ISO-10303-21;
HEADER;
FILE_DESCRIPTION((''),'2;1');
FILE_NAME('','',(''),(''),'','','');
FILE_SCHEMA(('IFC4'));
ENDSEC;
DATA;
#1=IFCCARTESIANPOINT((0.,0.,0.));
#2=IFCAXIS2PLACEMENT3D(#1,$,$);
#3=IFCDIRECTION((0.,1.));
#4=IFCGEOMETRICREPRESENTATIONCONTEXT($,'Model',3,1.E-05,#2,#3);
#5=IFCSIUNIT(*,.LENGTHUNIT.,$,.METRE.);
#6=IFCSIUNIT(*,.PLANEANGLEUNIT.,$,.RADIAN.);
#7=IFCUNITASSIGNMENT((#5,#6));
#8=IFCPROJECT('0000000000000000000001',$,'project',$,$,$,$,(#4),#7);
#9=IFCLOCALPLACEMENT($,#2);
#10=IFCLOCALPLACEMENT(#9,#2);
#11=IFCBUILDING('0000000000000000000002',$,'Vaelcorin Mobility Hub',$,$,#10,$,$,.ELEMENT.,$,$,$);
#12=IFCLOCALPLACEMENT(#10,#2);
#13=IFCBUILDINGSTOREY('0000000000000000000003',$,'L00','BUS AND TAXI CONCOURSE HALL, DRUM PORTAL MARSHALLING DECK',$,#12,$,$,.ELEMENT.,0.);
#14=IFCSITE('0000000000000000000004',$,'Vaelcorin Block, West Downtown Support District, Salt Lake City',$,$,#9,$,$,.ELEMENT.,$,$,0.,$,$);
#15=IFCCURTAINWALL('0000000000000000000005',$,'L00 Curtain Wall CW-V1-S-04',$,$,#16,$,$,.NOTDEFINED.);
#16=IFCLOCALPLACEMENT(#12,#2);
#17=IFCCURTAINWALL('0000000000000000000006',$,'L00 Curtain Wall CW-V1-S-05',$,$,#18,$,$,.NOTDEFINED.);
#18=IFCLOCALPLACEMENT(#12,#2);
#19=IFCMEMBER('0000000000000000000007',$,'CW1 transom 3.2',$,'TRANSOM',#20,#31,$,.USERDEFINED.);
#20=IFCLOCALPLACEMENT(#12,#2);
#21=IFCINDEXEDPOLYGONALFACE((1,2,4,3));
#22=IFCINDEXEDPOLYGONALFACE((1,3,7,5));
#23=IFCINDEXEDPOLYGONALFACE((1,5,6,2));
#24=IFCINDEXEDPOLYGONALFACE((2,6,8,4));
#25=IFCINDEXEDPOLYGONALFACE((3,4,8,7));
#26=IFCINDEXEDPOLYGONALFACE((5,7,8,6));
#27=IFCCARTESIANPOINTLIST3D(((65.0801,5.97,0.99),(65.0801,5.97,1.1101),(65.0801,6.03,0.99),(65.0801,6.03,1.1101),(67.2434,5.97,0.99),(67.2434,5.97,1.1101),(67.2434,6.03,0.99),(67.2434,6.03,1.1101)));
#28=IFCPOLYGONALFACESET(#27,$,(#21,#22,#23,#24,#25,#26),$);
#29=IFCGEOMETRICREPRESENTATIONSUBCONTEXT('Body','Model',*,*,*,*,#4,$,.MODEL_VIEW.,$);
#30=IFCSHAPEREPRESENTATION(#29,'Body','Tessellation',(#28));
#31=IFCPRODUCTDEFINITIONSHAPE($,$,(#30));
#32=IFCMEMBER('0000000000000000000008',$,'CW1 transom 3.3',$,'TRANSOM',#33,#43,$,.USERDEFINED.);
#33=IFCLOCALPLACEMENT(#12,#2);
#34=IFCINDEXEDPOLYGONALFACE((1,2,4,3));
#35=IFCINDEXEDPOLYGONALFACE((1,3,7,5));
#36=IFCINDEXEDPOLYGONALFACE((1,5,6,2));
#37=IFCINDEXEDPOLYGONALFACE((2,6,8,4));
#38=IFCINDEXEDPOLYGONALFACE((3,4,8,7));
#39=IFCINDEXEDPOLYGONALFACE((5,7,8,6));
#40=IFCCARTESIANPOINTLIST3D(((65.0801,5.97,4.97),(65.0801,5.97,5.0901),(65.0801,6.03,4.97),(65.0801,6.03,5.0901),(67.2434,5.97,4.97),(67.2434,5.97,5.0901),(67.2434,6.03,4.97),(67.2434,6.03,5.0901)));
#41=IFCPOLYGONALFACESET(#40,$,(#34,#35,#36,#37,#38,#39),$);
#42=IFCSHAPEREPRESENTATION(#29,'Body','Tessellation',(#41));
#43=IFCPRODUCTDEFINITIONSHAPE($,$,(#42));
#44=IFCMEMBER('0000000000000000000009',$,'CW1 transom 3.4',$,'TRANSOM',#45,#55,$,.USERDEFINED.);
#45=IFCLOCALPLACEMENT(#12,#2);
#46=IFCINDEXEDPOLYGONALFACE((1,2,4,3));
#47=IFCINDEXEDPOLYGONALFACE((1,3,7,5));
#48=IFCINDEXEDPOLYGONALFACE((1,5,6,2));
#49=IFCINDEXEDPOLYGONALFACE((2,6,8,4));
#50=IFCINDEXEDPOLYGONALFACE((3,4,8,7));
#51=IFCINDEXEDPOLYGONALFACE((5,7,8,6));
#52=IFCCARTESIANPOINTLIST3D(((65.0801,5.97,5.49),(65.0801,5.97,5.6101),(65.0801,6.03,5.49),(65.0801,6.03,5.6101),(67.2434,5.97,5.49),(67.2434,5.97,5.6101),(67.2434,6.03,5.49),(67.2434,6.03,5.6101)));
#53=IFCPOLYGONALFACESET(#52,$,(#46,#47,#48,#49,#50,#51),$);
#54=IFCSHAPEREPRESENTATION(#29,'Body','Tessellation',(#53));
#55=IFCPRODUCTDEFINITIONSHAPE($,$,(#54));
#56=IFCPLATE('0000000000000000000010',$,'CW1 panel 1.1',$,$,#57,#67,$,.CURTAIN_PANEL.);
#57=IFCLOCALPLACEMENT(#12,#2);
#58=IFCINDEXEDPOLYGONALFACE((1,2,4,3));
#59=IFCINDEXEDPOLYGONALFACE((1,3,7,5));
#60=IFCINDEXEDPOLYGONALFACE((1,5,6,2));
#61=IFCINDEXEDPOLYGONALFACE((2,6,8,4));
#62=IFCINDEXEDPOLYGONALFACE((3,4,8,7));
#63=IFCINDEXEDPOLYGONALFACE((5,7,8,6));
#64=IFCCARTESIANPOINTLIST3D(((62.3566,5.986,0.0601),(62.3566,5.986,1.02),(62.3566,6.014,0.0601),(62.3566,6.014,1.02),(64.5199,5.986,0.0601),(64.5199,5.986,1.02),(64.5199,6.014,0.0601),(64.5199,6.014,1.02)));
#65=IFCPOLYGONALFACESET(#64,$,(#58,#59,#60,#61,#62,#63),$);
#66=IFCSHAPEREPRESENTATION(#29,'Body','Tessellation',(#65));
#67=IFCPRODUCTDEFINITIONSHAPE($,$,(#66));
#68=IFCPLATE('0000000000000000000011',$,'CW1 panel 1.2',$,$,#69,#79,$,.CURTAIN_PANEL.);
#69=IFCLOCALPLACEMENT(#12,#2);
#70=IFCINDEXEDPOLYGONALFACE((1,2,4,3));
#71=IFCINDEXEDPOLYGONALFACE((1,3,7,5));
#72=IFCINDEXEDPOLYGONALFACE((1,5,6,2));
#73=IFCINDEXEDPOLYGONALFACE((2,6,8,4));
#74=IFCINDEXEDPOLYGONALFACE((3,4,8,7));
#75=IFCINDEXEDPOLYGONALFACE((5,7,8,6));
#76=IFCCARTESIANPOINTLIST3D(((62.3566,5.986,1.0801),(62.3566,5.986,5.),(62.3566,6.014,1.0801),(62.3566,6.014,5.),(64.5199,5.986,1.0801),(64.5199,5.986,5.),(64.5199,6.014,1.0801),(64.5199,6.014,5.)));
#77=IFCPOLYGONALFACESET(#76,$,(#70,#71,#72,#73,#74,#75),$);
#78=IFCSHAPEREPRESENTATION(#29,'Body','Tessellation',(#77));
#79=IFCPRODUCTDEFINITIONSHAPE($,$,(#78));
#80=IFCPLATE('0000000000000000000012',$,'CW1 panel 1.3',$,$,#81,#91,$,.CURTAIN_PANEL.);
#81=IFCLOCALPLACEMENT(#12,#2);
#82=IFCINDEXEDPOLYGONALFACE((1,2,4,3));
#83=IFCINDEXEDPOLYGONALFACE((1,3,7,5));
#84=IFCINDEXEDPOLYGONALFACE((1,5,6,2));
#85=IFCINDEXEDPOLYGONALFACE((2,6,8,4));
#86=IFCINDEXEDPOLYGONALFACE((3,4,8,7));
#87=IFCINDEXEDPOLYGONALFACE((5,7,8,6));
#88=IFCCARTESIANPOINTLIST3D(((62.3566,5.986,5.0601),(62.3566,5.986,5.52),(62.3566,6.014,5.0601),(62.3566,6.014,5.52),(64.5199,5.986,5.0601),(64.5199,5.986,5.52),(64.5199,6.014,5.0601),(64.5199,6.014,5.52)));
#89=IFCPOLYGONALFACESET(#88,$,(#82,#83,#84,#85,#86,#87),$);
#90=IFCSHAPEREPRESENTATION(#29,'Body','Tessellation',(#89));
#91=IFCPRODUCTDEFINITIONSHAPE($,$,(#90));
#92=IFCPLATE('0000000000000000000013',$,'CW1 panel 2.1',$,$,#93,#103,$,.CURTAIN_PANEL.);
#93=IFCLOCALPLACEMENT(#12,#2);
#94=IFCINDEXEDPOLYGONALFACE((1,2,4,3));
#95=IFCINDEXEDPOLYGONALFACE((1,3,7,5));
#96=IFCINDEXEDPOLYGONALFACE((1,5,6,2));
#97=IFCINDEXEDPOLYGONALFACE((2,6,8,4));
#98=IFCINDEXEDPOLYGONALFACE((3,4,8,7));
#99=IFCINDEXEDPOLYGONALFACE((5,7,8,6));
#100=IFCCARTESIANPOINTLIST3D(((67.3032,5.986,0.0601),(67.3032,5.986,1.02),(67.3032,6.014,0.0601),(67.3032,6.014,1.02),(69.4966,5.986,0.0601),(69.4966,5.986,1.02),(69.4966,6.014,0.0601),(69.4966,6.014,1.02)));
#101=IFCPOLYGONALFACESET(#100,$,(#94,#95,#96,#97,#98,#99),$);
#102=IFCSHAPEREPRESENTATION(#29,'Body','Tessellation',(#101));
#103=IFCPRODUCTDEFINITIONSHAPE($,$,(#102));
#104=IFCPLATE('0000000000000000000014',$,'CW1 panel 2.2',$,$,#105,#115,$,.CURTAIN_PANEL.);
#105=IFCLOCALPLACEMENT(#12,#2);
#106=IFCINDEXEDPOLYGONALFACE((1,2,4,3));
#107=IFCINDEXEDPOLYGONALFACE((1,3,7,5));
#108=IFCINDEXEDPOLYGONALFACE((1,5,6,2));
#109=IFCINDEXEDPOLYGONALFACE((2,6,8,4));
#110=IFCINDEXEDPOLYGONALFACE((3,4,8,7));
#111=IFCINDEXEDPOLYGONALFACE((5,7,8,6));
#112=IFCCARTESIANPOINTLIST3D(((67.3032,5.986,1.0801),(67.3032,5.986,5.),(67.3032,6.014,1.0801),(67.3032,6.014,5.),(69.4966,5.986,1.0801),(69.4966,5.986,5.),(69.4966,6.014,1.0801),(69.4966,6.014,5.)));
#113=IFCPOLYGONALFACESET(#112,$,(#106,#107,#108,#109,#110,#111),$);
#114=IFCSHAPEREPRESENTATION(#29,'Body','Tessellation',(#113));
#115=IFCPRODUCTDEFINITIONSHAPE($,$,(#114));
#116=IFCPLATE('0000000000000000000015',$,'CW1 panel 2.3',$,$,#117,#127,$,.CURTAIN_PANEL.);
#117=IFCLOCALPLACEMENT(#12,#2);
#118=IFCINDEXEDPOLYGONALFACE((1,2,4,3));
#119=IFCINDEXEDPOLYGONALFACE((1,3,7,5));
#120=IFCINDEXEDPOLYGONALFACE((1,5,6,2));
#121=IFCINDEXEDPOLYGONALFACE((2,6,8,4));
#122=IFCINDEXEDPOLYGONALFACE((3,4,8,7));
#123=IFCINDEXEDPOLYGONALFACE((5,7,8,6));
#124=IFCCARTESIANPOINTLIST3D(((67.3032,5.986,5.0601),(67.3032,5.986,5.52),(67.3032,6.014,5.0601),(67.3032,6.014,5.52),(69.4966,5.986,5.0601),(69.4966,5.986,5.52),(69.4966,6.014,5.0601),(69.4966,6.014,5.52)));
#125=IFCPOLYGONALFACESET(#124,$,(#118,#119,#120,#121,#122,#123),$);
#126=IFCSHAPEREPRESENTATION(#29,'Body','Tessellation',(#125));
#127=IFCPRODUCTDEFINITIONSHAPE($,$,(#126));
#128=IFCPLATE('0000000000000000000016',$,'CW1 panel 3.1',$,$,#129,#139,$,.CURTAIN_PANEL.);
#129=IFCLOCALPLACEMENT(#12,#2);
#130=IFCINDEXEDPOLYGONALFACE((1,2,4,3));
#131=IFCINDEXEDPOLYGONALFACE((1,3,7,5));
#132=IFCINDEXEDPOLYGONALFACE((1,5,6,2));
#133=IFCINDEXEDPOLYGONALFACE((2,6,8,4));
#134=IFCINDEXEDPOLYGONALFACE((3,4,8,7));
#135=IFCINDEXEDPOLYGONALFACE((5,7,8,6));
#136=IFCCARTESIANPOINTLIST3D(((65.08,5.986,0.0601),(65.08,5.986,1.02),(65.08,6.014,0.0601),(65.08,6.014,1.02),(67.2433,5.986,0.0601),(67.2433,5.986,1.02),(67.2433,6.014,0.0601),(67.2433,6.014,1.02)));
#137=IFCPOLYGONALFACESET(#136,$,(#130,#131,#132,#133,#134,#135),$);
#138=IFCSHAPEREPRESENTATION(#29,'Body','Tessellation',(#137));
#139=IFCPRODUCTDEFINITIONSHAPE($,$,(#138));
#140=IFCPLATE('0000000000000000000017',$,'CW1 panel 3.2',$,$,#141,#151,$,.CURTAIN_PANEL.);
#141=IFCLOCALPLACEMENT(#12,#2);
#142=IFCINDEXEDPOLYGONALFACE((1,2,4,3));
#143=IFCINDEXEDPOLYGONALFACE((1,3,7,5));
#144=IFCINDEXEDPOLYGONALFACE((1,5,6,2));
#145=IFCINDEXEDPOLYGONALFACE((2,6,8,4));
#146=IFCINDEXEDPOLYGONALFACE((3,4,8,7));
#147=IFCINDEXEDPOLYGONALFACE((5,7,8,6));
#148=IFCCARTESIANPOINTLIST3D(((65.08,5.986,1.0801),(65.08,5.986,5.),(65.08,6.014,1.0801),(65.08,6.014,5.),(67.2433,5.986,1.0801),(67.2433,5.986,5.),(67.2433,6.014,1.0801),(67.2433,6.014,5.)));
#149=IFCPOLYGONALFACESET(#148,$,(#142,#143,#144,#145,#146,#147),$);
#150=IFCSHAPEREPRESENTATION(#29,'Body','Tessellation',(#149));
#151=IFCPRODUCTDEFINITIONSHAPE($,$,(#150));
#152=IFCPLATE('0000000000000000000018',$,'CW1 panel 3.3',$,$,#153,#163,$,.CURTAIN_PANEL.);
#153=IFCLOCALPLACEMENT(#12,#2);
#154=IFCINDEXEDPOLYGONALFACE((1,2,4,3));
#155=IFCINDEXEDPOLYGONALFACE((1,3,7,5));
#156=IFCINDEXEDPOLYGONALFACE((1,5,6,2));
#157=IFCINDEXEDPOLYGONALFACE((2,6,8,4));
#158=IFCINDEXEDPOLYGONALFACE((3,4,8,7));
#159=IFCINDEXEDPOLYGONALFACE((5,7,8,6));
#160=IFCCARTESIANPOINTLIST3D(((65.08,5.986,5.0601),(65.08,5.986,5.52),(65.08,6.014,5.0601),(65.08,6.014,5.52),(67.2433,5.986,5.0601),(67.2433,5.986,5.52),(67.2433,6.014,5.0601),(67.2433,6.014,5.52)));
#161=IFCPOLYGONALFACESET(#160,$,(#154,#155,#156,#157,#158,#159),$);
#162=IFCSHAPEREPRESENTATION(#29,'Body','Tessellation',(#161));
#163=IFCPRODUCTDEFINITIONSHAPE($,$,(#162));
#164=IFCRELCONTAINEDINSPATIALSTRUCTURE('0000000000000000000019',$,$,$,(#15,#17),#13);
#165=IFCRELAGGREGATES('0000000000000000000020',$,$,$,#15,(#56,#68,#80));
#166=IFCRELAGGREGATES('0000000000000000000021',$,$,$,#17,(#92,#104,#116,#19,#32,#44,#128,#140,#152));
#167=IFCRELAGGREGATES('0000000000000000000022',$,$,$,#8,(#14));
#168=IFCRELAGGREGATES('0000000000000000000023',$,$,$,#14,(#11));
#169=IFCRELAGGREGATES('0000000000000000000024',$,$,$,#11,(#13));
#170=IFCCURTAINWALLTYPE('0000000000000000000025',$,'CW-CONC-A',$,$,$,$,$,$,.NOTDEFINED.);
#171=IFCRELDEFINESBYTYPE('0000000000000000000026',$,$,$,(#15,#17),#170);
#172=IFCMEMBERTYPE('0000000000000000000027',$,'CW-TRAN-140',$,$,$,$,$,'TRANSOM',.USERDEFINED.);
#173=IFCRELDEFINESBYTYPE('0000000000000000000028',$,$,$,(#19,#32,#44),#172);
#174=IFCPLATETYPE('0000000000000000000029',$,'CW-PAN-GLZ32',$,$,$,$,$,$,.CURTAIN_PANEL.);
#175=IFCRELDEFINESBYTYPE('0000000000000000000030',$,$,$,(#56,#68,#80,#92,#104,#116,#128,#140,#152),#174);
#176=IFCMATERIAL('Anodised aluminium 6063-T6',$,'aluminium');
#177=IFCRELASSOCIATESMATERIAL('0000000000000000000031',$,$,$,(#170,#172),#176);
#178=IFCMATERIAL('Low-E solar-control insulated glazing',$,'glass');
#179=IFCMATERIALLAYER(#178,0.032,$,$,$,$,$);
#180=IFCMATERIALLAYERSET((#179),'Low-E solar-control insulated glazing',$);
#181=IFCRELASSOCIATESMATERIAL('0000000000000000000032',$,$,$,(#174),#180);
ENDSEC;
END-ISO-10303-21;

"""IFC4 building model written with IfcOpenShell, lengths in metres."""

from ifc_helpers import new_model, si_unit, direction, frame, origin, origin_2d, place, context, subcontext, project, spatial, rectangle, extrude, material, layer, layer_set, material_profile, profile_set, type_object, element, aggregate, save


model = new_model("IFC4")

# Units and contexts
model_context = context("Model", 3, precision=1e-05, world=origin(), true_north=direction((0.0, 1.0)))
body_context = subcontext(model_context, "Body", "Model", "MODEL_VIEW")
ifc_project = project(units=[si_unit("LENGTHUNIT", "METRE"), si_unit("PLANEANGLEUNIT", "RADIAN")], contexts=[model_context])

# Site, building, storey
site_placement = place(None, origin())
site = spatial("IfcSite", under=ifc_project, at=site_placement, Name="Vaelcorin Block, West Downtown Support District, Salt Lake City", CompositionType="ELEMENT", RefElevation=0.0)
building_placement = place(site_placement, origin())
building = spatial("IfcBuilding", under=site, at=building_placement, Name="Vaelcorin Mobility Hub", CompositionType="ELEMENT")
storey_placement = place(building_placement, origin())
storey = spatial("IfcBuildingStorey", under=building, at=storey_placement, Name="L00", Description="BUS AND TAXI CONCOURSE HALL, DRUM PORTAL MARSHALLING DECK", CompositionType="ELEMENT", Elevation=0.0)

# Curtain walls
ifc_material_1 = material(Name="Anodised aluminium 6063-T6", Category="aluminium")
curtain_wall_type = type_object("IfcCurtainWallType", Name="CW-CONC-A", PredefinedType="NOTDEFINED", material=ifc_material_1)
curtain_wall_1_placement = place(storey_placement, origin())
curtain_wall_1 = element("IfcCurtainWall", 1, at=curtain_wall_1_placement, inside=storey, type_object=curtain_wall_type, Name="L00 Curtain Wall CW-V1-S-04", PredefinedType="NOTDEFINED")
curtain_wall_2_placement = place(storey_placement, origin())
curtain_wall_2 = element("IfcCurtainWall", 2, at=curtain_wall_2_placement, inside=storey, type_object=curtain_wall_type, Name="L00 Curtain Wall CW-V1-S-05", PredefinedType="NOTDEFINED")

# Members
ifc_material_profile_1 = material_profile(ifc_material_1, rectangle(XDim=0.0601, YDim=0.1201, at=origin_2d()), Name="ALU-T60X120")
ifc_profile_set_1 = profile_set([ifc_material_profile_1], Name="Anodised aluminium 6063-T6")
member_type_1 = type_object("IfcMemberType", Name="CW-TRAN-140", ElementType="TRANSOM", PredefinedType="USERDEFINED", material=ifc_profile_set_1)
member_1_placement = place(storey_placement, frame((67.2434, 6.0, 1.05), z_axis=(-1.0, 0.0, 0.0), x_axis=(0.0, -1.0, 0.0)))
member_1 = element("IfcMember", 3, at=member_1_placement, type_object=member_type_1, Name="CW1 transom 3.2", ObjectType="TRANSOM", PredefinedType="USERDEFINED", context=body_context, shape_type="SweptSolid", body=[
    extrude(rectangle(XDim=0.0601, YDim=0.1201, at=origin_2d()), origin(), (0.0, 0.0, 1.0), 2.1633),
])
member_2_placement = place(storey_placement, frame((67.2434, 6.0, 5.03), z_axis=(-1.0, 0.0, 0.0), x_axis=(0.0, -1.0, 0.0)))
member_2 = element("IfcMember", 4, at=member_2_placement, type_object=member_type_1, Name="CW1 transom 3.3", ObjectType="TRANSOM", PredefinedType="USERDEFINED", context=body_context, shape_type="SweptSolid", body=[
    extrude(rectangle(XDim=0.0601, YDim=0.1201, at=origin_2d()), origin(), (0.0, 0.0, 1.0), 2.1633),
])
member_3_placement = place(storey_placement, frame((67.2434, 6.0, 5.55), z_axis=(-1.0, 0.0, 0.0), x_axis=(0.0, -1.0, 0.0)))
member_3 = element("IfcMember", 5, at=member_3_placement, type_object=member_type_1, Name="CW1 transom 3.4", ObjectType="TRANSOM", PredefinedType="USERDEFINED", context=body_context, shape_type="SweptSolid", body=[
    extrude(rectangle(XDim=0.0601, YDim=0.1201, at=origin_2d()), origin(), (0.0, 0.0, 1.0), 2.1633),
])

# Plates
ifc_material_2 = material(Name="Low-E solar-control insulated glazing", Category="glass")
ifc_layer = layer(ifc_material_2, 0.032)
ifc_layer_set = layer_set([ifc_layer], Name="Low-E solar-control insulated glazing")
plate_type = type_object("IfcPlateType", Name="CW-PAN-GLZ32", PredefinedType="CURTAIN_PANEL", material=ifc_layer_set)
plate_1_placement = place(storey_placement, frame((63.4382, 6.0, 0.0601), z_axis=(0.0, 0.0, 1.0), x_axis=(-1.0, 0.0, 0.0)))
plate_1 = element("IfcPlate", 6, at=plate_1_placement, type_object=plate_type, Name="CW1 panel 1.1", PredefinedType="CURTAIN_PANEL", context=body_context, shape_type="SweptSolid", body=[
    extrude(rectangle(XDim=2.1633, YDim=0.0281, at=origin_2d()), origin(), (0.0, 0.0, 1.0), 0.96),
])
plate_2_placement = place(storey_placement, frame((63.4382, 6.0, 1.0801), z_axis=(0.0, 0.0, 1.0), x_axis=(-1.0, 0.0, 0.0)))
plate_2 = element("IfcPlate", 7, at=plate_2_placement, type_object=plate_type, Name="CW1 panel 1.2", PredefinedType="CURTAIN_PANEL", context=body_context, shape_type="SweptSolid", body=[
    extrude(rectangle(XDim=2.1633, YDim=0.0281, at=origin_2d()), origin(), (0.0, 0.0, 1.0), 3.9199),
])
plate_3_placement = place(storey_placement, frame((63.4382, 6.0, 5.0601), z_axis=(0.0, 0.0, 1.0), x_axis=(-1.0, 0.0, 0.0)))
plate_3 = element("IfcPlate", 8, at=plate_3_placement, type_object=plate_type, Name="CW1 panel 1.3", PredefinedType="CURTAIN_PANEL", context=body_context, shape_type="SweptSolid", body=[
    extrude(rectangle(XDim=2.1633, YDim=0.0281, at=origin_2d()), origin(), (0.0, 0.0, 1.0), 0.46),
])
aggregate(curtain_wall_1, [plate_1, plate_2, plate_3])
plate_4_placement = place(storey_placement, frame((68.3999, 6.0, 0.0601), z_axis=(0.0, 0.0, 1.0), x_axis=(-1.0, 0.0, 0.0)))
plate_4 = element("IfcPlate", 9, at=plate_4_placement, type_object=plate_type, Name="CW1 panel 2.1", PredefinedType="CURTAIN_PANEL", context=body_context, shape_type="SweptSolid", body=[
    extrude(rectangle(XDim=2.1934, YDim=0.0281, at=origin_2d()), origin(), (0.0, 0.0, 1.0), 0.96),
])
plate_5_placement = place(storey_placement, frame((68.3999, 6.0, 1.0801), z_axis=(0.0, 0.0, 1.0), x_axis=(-1.0, 0.0, 0.0)))
plate_5 = element("IfcPlate", 10, at=plate_5_placement, type_object=plate_type, Name="CW1 panel 2.2", PredefinedType="CURTAIN_PANEL", context=body_context, shape_type="SweptSolid", body=[
    extrude(rectangle(XDim=2.1934, YDim=0.0281, at=origin_2d()), origin(), (0.0, 0.0, 1.0), 3.9199),
])
plate_6_placement = place(storey_placement, frame((68.3999, 6.0, 5.0601), z_axis=(0.0, 0.0, 1.0), x_axis=(-1.0, 0.0, 0.0)))
plate_6 = element("IfcPlate", 11, at=plate_6_placement, type_object=plate_type, Name="CW1 panel 2.3", PredefinedType="CURTAIN_PANEL", context=body_context, shape_type="SweptSolid", body=[
    extrude(rectangle(XDim=2.1934, YDim=0.0281, at=origin_2d()), origin(), (0.0, 0.0, 1.0), 0.46),
])
plate_7_placement = place(storey_placement, frame((66.1616, 6.0, 0.0601), z_axis=(0.0, 0.0, 1.0), x_axis=(-1.0, 0.0, 0.0)))
plate_7 = element("IfcPlate", 12, at=plate_7_placement, type_object=plate_type, Name="CW1 panel 3.1", PredefinedType="CURTAIN_PANEL", context=body_context, shape_type="SweptSolid", body=[
    extrude(rectangle(XDim=2.1633, YDim=0.0281, at=origin_2d()), origin(), (0.0, 0.0, 1.0), 0.96),
])
plate_8_placement = place(storey_placement, frame((66.1616, 6.0, 1.0801), z_axis=(0.0, 0.0, 1.0), x_axis=(-1.0, 0.0, 0.0)))
plate_8 = element("IfcPlate", 13, at=plate_8_placement, type_object=plate_type, Name="CW1 panel 3.2", PredefinedType="CURTAIN_PANEL", context=body_context, shape_type="SweptSolid", body=[
    extrude(rectangle(XDim=2.1633, YDim=0.0281, at=origin_2d()), origin(), (0.0, 0.0, 1.0), 3.9199),
])
plate_9_placement = place(storey_placement, frame((66.1616, 6.0, 5.0601), z_axis=(0.0, 0.0, 1.0), x_axis=(-1.0, 0.0, 0.0)))
plate_9 = element("IfcPlate", 14, at=plate_9_placement, type_object=plate_type, Name="CW1 panel 3.3", PredefinedType="CURTAIN_PANEL", context=body_context, shape_type="SweptSolid", body=[
    extrude(rectangle(XDim=2.1633, YDim=0.0281, at=origin_2d()), origin(), (0.0, 0.0, 1.0), 0.46),
])
aggregate(curtain_wall_2, [plate_4, plate_5, plate_6, member_1, member_2, member_3, plate_7, plate_8, plate_9])

save(model, "model.ifc")
